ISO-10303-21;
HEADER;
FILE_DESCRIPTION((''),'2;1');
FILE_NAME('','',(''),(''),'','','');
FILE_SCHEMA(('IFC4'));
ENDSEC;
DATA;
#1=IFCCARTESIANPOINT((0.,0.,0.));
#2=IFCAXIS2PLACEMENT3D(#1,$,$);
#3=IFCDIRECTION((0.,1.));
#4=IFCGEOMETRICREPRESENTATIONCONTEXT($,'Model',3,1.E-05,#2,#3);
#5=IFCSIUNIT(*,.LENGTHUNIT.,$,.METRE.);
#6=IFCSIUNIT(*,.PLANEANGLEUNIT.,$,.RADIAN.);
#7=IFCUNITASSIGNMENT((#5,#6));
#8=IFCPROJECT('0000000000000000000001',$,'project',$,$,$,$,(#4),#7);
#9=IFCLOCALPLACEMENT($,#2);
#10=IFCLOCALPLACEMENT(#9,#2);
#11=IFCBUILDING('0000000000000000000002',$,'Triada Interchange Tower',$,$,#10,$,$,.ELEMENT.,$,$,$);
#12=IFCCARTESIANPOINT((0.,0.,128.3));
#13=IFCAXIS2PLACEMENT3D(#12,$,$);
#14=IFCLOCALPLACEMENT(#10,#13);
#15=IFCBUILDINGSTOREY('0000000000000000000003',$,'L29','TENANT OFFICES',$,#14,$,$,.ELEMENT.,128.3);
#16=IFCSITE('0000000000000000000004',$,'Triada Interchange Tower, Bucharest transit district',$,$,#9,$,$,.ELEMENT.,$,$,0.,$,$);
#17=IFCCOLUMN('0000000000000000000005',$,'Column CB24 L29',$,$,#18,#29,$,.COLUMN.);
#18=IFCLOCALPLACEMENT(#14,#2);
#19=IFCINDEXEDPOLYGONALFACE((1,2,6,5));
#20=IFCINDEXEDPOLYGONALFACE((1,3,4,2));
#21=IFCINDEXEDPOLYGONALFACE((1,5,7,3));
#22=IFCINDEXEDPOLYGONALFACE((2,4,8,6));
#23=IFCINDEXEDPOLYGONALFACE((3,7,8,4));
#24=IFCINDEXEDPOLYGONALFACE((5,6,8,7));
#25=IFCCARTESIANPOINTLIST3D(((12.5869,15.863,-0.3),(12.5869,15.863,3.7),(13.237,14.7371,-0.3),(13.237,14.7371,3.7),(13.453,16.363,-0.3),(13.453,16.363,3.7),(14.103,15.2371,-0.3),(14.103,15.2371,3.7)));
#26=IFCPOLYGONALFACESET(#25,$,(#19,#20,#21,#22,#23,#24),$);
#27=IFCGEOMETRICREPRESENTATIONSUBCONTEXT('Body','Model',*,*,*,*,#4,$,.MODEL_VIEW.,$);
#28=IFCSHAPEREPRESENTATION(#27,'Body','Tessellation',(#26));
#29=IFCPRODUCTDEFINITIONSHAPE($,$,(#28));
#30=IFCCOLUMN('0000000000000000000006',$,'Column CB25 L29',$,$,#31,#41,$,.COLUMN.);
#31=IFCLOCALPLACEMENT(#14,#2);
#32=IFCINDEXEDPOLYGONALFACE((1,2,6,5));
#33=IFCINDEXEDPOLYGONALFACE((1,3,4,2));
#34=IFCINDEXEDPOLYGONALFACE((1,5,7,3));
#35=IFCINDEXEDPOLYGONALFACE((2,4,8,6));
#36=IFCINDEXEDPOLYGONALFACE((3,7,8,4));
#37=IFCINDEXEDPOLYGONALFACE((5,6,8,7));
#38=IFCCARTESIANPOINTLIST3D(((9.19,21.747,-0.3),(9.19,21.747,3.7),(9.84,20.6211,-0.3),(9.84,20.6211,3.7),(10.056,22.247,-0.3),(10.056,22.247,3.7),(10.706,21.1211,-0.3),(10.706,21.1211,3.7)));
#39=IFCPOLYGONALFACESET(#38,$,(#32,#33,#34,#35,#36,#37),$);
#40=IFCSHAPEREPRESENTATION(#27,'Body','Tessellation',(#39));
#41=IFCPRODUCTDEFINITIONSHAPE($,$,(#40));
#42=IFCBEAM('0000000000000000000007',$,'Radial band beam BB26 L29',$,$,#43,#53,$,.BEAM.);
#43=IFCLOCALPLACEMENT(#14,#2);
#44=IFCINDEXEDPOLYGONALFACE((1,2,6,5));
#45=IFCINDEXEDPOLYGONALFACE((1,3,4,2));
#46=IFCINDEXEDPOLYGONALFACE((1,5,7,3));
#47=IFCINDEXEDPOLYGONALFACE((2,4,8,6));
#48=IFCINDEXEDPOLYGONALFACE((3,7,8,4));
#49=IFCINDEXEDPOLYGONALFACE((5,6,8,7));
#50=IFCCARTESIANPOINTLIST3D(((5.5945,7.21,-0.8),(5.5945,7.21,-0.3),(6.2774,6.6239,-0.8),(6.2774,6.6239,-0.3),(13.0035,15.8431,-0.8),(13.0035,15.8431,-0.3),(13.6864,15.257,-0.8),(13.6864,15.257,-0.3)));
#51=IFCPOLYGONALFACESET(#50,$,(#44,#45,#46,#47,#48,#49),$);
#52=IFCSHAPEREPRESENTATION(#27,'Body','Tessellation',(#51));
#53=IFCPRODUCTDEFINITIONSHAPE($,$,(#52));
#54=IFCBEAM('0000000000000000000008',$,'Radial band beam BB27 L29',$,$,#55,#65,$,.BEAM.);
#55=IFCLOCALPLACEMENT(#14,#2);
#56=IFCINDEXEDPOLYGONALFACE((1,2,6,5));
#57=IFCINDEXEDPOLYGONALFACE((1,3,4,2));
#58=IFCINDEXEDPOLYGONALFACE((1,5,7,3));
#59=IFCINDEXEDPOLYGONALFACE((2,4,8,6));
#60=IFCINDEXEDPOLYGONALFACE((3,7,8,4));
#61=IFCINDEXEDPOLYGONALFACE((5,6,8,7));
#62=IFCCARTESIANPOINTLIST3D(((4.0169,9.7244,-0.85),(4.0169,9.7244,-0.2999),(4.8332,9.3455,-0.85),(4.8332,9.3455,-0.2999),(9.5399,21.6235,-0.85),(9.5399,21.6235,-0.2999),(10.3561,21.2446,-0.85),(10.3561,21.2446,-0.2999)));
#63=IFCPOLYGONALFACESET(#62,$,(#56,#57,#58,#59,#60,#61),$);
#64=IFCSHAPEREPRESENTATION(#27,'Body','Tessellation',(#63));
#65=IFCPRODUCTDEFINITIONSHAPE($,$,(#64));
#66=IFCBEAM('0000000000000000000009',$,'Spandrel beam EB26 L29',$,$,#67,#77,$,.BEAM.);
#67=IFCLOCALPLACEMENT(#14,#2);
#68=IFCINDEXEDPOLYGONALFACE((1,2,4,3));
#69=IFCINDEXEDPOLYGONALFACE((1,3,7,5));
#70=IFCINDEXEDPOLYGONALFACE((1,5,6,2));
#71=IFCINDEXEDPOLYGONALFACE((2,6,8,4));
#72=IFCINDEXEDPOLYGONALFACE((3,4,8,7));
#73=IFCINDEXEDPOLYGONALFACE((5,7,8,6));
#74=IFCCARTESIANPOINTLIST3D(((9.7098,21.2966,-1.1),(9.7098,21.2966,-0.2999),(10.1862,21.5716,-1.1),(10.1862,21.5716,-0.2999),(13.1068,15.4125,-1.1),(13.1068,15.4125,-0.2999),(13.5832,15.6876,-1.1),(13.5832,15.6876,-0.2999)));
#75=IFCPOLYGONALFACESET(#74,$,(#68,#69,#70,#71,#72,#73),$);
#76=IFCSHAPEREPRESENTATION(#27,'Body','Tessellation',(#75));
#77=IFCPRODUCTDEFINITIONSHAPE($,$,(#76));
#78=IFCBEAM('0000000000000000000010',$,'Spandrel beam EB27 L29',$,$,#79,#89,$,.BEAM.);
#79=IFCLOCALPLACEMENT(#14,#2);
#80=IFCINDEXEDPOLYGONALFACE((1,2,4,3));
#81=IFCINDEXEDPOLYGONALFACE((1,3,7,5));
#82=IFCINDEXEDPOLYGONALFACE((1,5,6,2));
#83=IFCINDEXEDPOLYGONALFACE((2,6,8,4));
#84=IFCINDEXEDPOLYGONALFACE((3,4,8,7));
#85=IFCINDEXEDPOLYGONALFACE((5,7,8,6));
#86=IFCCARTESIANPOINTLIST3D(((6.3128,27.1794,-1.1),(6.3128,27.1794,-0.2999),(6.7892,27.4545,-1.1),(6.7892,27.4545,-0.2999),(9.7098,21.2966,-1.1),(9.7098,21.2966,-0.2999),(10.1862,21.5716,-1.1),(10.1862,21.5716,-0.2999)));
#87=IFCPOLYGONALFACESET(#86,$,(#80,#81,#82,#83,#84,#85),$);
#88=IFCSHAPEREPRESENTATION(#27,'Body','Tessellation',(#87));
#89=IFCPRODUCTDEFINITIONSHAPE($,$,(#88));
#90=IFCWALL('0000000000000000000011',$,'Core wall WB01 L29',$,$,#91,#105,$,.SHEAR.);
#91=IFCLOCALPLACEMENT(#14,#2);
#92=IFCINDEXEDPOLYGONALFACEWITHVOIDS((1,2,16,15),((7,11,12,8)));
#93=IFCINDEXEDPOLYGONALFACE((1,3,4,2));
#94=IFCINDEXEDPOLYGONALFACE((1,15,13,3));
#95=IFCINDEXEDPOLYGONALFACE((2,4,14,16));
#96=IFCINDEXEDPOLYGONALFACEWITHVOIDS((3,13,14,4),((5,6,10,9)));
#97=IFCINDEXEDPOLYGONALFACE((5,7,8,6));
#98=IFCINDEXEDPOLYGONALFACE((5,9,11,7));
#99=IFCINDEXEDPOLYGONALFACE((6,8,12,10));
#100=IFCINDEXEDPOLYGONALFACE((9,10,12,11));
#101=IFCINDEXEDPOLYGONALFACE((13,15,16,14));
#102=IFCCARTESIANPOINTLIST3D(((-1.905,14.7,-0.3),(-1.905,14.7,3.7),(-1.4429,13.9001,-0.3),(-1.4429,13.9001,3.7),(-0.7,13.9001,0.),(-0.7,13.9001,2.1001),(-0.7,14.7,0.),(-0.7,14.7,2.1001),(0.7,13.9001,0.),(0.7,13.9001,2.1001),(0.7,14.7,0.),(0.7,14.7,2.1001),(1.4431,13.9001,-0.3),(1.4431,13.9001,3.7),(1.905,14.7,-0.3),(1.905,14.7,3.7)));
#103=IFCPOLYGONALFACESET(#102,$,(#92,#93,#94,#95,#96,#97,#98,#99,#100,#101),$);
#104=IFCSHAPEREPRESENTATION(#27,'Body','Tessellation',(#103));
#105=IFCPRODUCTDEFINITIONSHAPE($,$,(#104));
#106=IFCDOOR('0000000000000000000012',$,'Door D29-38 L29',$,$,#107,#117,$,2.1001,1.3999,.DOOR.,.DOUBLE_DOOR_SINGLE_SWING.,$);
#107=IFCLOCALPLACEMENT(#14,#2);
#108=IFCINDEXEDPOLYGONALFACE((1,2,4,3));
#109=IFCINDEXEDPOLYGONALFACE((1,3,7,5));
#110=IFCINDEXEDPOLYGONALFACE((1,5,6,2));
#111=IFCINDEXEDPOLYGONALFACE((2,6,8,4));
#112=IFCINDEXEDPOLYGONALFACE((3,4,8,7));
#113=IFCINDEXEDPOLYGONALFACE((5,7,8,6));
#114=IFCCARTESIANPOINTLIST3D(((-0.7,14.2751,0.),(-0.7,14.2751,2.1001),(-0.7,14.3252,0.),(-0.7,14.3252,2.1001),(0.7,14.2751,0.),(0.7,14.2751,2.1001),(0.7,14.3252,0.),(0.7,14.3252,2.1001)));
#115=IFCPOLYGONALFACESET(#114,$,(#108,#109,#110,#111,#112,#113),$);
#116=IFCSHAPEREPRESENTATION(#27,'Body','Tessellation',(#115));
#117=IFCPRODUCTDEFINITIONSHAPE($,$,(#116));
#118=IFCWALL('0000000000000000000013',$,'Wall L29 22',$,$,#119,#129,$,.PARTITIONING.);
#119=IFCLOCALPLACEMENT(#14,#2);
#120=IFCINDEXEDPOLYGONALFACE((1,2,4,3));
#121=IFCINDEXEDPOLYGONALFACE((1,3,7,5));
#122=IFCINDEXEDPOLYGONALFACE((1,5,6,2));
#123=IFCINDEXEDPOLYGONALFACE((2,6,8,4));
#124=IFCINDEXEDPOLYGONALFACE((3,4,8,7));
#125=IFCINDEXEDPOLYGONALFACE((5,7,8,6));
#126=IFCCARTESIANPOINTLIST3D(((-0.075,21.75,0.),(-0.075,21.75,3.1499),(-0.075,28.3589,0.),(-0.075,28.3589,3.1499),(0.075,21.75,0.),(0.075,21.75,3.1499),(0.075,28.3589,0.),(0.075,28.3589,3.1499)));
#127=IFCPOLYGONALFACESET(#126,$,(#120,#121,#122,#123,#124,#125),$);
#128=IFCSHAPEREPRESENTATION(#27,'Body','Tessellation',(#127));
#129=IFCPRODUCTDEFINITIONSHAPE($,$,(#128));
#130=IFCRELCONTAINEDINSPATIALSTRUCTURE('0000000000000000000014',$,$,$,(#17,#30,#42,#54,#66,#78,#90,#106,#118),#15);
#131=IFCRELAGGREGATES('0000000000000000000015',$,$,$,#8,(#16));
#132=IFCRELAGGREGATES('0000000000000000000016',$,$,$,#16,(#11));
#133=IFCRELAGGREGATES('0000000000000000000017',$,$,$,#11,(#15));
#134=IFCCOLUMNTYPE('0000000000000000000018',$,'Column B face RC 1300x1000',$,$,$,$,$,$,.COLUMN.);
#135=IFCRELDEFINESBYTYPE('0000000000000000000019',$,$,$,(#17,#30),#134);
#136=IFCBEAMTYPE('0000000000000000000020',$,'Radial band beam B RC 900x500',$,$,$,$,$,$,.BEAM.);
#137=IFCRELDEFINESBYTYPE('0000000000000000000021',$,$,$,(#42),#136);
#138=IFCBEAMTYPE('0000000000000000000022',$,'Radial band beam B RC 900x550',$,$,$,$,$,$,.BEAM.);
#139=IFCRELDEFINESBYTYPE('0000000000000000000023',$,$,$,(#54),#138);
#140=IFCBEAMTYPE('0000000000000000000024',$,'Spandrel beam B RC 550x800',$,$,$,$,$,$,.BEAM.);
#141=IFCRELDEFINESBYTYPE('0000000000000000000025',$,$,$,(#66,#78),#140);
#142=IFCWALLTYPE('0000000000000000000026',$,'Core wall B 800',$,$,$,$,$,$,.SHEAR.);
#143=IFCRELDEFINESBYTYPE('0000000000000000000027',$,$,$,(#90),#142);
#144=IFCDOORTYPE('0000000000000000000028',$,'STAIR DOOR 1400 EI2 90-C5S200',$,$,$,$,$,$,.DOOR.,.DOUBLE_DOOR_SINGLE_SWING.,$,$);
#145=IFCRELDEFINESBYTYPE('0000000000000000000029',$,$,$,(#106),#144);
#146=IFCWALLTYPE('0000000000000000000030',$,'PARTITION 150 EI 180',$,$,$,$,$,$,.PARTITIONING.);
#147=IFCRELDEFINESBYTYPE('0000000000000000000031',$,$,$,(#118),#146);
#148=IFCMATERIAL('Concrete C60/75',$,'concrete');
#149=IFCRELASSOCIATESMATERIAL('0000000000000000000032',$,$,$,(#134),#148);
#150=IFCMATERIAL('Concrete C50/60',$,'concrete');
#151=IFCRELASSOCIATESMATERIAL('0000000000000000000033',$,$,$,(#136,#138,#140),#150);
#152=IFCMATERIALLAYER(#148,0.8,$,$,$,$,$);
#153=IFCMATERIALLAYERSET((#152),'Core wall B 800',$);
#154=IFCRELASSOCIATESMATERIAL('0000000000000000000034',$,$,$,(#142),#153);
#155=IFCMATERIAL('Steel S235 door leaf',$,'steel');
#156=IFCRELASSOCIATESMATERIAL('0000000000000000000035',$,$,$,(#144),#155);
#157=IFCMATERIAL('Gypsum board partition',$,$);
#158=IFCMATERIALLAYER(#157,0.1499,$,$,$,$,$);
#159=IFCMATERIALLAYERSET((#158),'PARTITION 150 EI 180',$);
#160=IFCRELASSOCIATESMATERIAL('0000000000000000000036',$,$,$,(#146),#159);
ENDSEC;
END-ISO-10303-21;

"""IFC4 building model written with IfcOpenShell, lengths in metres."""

from ifc_helpers import new_model, si_unit, direction, frame, frame_2d, origin, origin_2d, place, context, subcontext, project, spatial, polyline, rectangle, outline, extrude, material, layer, layer_set, material_profile, profile_set, type_object, element, fill, save


model = new_model("IFC4")

# Units and contexts
model_context = context("Model", 3, precision=1e-05, world=origin(), true_north=direction((0.0, 1.0)))
body_context = subcontext(model_context, "Body", "Model", "MODEL_VIEW")
ifc_project = project(units=[si_unit("LENGTHUNIT", "METRE"), si_unit("PLANEANGLEUNIT", "RADIAN")], contexts=[model_context])

# Site, building, storey
site_placement = place(None, origin())
site = spatial("IfcSite", under=ifc_project, at=site_placement, Name="Triada Interchange Tower, Bucharest transit district", CompositionType="ELEMENT", RefElevation=0.0)
building_placement = place(site_placement, origin())
building = spatial("IfcBuilding", under=site, at=building_placement, Name="Triada Interchange Tower", CompositionType="ELEMENT")
storey_placement = place(building_placement, frame((0.0, 0.0, 128.3)))
storey = spatial("IfcBuildingStorey", under=building, at=storey_placement, Name="L29", Description="TENANT OFFICES", CompositionType="ELEMENT", Elevation=128.3)

# Columns
ifc_material_1 = material(Name="Concrete C60/75", Category="concrete")
ifc_material_profile_1 = material_profile(ifc_material_1, rectangle(XDim=1.3, YDim=1.0, at=origin_2d()), Name="RC 1300x1000")
ifc_profile_set_1 = profile_set([ifc_material_profile_1], Name="Concrete C60/75")
column_type = type_object("IfcColumnType", Name="Column B face RC 1300x1000", PredefinedType="COLUMN", material=ifc_profile_set_1)
for number, where, z_axis, x_axis, name in (
    (1, (13.345, 15.55, -0.3), (0.0, 0.0, 1.0), (-0.5, 0.866025, 0.0), "Column CB24 L29"),
    (2, (9.948, 21.4341, -0.3), (0.0, 0.0, 1.0), (-0.5, 0.866025, 0.0), "Column CB25 L29"),
):
    element("IfcColumn", number, at=place(storey_placement, frame(where, z_axis=z_axis, x_axis=x_axis)), inside=storey, type_object=column_type, Name=name, PredefinedType="COLUMN", context=body_context, shape_type="SweptSolid", body=[
        extrude(rectangle(XDim=1.3, YDim=1.0, at=origin_2d()), origin(), (0.0, 0.0, 1.0), 4.0),
    ])

# Beams
ifc_material_2 = material(Name="Concrete C50/60", Category="concrete")
ifc_material_profile_2 = material_profile(ifc_material_2, rectangle(XDim=0.8999, YDim=0.5, at=origin_2d()), Name="RC 900x500")
ifc_profile_set_2 = profile_set([ifc_material_profile_2], Name="Concrete C50/60")
beam_type_1 = type_object("IfcBeamType", Name="Radial band beam B RC 900x500", PredefinedType="BEAM", material=ifc_profile_set_2)
beam_1_placement = place(storey_placement, frame((13.345, 15.55, -0.55), z_axis=(-0.651256, -0.758858, 0.0), x_axis=(0.758858, -0.651256, 0.0)))
element("IfcBeam", 3, at=beam_1_placement, inside=storey, type_object=beam_type_1, Name="Radial band beam BB26 L29", PredefinedType="BEAM", context=body_context, shape_type="SweptSolid", body=[
    extrude(rectangle(XDim=0.8999, YDim=0.5, at=origin_2d()), origin(), (0.0, 0.0, 1.0), 11.3765),
])
ifc_material_profile_3 = material_profile(ifc_material_2, rectangle(XDim=0.8999, YDim=0.55, at=origin_2d()), Name="RC 900x550")
ifc_profile_set_3 = profile_set([ifc_material_profile_3], Name="Concrete C50/60")
beam_type_2 = type_object("IfcBeamType", Name="Radial band beam B RC 900x550", PredefinedType="BEAM", material=ifc_profile_set_3)
beam_2_placement = place(storey_placement, frame((9.948, 21.4341, -0.575), z_axis=(-0.421007, -0.907057, 0.0), x_axis=(0.907057, -0.421007, 0.0)))
element("IfcBeam", 4, at=beam_2_placement, inside=storey, type_object=beam_type_2, Name="Radial band beam BB27 L29", PredefinedType="BEAM", context=body_context, shape_type="SweptSolid", body=[
    extrude(rectangle(XDim=0.8999, YDim=0.55, at=origin_2d()), origin(), (0.0, 0.0, 1.0), 13.1184),
])
ifc_material_profile_4 = material_profile(ifc_material_2, rectangle(XDim=0.55, YDim=0.8, at=origin_2d()), Name="RC 550x800")
ifc_profile_set_4 = profile_set([ifc_material_profile_4], Name="Concrete C50/60")
beam_type_3 = type_object("IfcBeamType", Name="Spandrel beam B RC 550x800", PredefinedType="BEAM", material=ifc_profile_set_4)
beam_3_placement = place(storey_placement, frame((13.345, 15.55, -0.7), z_axis=(-0.499981, 0.866037, 0.0), x_axis=(-0.866037, -0.499981, 0.0)))
element("IfcBeam", 5, at=beam_3_placement, inside=storey, type_object=beam_type_3, Name="Spandrel beam EB26 L29", PredefinedType="BEAM", context=body_context, shape_type="SweptSolid", body=[
    extrude(rectangle(XDim=0.55, YDim=0.8, at=origin_2d()), origin(), (0.0, 0.0, 1.0), 6.7942),
])
beam_4_placement = place(storey_placement, frame((9.948, 21.4341, -0.7), z_axis=(-0.500058, 0.865992, 0.0), x_axis=(-0.865992, -0.500058, 0.0)))
element("IfcBeam", 6, at=beam_4_placement, inside=storey, type_object=beam_type_3, Name="Spandrel beam EB27 L29", PredefinedType="BEAM", context=body_context, shape_type="SweptSolid", body=[
    extrude(rectangle(XDim=0.55, YDim=0.8, at=origin_2d()), origin(), (0.0, 0.0, 1.0), 6.7932),
])

# Wall, opening, door
ifc_layer_1 = layer(ifc_material_1, 0.8)
ifc_layer_set_1 = layer_set([ifc_layer_1], Name="Core wall B 800")
wall_type_1 = type_object("IfcWallType", Name="Core wall B 800", PredefinedType="SHEAR", material=ifc_layer_set_1)
wall_1_placement = place(storey_placement, frame((1.6741, 14.3, -0.3), z_axis=(0.0, 0.0, 1.0), x_axis=(-1.0, 0.0, 0.0)))
wall_1 = element("IfcWall", 7, at=wall_1_placement, inside=storey, type_object=wall_type_1, Name="Core wall WB01 L29", PredefinedType="SHEAR", context=body_context, shape_type="SweptSolid", body=[
    extrude(outline(polyline([(-0.231, -0.3999), (1.6741, -0.3999), (3.5791, -0.3999), (3.1169, 0.3999), (1.6738, 0.3999), (0.231, 0.3999), (-0.231, -0.3999)])), origin(), (0.0, 0.0, 1.0), 4.0),
])
opening_1_placement = place(wall_1_placement, frame((0.9741, 0.0, 0.3)))
opening_1 = element("IfcOpeningElement", 8, at=opening_1_placement, cuts=wall_1, PredefinedType="OPENING", context=body_context, shape_type="SweptSolid", body=[
    extrude(rectangle(XDim=1.3999, YDim=2.1001, at=frame_2d((0.7, 1.05))), frame((0.0, 0.4099, 0.0), z_axis=(0.0, -1.0, 0.0), x_axis=(1.0, 0.0, 0.0)), (0.0, 0.0, 1.0), 0.8201),
])
ifc_material_3 = material(Name="Steel S235 door leaf", Category="steel")
door_type_1 = type_object("IfcDoorType", Name="STAIR DOOR 1400 EI2 90-C5S200", OperationType="DOUBLE_DOOR_SINGLE_SWING", PredefinedType="DOOR", material=ifc_material_3)
door_1_placement = place(opening_1_placement, origin())
door_1 = element("IfcDoor", 9, at=door_1_placement, inside=storey, type_object=door_type_1, Name="Door D29-38 L29", OperationType="DOUBLE_DOOR_SINGLE_SWING", OverallHeight=2.1001, OverallWidth=1.3999, PredefinedType="DOOR", context=body_context, shape_type="SweptSolid", body=[
    extrude(rectangle(XDim=1.3999, YDim=2.1001, at=frame_2d((0.7, 1.05))), frame((0.0, 0.0249, 0.0), z_axis=(0.0, -1.0, 0.0), x_axis=(1.0, 0.0, 0.0)), (0.0, 0.0, 1.0), 0.05),
])
fill(opening_1, door_1)

# Wall
ifc_material_4 = material(Name="Gypsum board partition")
ifc_layer_2 = layer(ifc_material_4, 0.1499)
ifc_layer_set_2 = layer_set([ifc_layer_2], Name="PARTITION 150 EI 180")
wall_type_2 = type_object("IfcWallType", Name="PARTITION 150 EI 180", PredefinedType="PARTITIONING", material=ifc_layer_set_2)
wall_2_placement = place(storey_placement, frame((0.0, 21.75, 0.0), z_axis=(0.0, 0.0, 1.0), x_axis=(0.0, 1.0, 0.0)))
element("IfcWall", 10, at=wall_2_placement, inside=storey, type_object=wall_type_2, Name="Wall L29 22", PredefinedType="PARTITIONING", context=body_context, shape_type="SweptSolid", body=[
    extrude(rectangle(XDim=6.6089, YDim=0.1499, at=frame_2d((3.3044, 0.0))), origin(), (0.0, 0.0, 1.0), 3.1499),
])

save(model, "model.ifc")
